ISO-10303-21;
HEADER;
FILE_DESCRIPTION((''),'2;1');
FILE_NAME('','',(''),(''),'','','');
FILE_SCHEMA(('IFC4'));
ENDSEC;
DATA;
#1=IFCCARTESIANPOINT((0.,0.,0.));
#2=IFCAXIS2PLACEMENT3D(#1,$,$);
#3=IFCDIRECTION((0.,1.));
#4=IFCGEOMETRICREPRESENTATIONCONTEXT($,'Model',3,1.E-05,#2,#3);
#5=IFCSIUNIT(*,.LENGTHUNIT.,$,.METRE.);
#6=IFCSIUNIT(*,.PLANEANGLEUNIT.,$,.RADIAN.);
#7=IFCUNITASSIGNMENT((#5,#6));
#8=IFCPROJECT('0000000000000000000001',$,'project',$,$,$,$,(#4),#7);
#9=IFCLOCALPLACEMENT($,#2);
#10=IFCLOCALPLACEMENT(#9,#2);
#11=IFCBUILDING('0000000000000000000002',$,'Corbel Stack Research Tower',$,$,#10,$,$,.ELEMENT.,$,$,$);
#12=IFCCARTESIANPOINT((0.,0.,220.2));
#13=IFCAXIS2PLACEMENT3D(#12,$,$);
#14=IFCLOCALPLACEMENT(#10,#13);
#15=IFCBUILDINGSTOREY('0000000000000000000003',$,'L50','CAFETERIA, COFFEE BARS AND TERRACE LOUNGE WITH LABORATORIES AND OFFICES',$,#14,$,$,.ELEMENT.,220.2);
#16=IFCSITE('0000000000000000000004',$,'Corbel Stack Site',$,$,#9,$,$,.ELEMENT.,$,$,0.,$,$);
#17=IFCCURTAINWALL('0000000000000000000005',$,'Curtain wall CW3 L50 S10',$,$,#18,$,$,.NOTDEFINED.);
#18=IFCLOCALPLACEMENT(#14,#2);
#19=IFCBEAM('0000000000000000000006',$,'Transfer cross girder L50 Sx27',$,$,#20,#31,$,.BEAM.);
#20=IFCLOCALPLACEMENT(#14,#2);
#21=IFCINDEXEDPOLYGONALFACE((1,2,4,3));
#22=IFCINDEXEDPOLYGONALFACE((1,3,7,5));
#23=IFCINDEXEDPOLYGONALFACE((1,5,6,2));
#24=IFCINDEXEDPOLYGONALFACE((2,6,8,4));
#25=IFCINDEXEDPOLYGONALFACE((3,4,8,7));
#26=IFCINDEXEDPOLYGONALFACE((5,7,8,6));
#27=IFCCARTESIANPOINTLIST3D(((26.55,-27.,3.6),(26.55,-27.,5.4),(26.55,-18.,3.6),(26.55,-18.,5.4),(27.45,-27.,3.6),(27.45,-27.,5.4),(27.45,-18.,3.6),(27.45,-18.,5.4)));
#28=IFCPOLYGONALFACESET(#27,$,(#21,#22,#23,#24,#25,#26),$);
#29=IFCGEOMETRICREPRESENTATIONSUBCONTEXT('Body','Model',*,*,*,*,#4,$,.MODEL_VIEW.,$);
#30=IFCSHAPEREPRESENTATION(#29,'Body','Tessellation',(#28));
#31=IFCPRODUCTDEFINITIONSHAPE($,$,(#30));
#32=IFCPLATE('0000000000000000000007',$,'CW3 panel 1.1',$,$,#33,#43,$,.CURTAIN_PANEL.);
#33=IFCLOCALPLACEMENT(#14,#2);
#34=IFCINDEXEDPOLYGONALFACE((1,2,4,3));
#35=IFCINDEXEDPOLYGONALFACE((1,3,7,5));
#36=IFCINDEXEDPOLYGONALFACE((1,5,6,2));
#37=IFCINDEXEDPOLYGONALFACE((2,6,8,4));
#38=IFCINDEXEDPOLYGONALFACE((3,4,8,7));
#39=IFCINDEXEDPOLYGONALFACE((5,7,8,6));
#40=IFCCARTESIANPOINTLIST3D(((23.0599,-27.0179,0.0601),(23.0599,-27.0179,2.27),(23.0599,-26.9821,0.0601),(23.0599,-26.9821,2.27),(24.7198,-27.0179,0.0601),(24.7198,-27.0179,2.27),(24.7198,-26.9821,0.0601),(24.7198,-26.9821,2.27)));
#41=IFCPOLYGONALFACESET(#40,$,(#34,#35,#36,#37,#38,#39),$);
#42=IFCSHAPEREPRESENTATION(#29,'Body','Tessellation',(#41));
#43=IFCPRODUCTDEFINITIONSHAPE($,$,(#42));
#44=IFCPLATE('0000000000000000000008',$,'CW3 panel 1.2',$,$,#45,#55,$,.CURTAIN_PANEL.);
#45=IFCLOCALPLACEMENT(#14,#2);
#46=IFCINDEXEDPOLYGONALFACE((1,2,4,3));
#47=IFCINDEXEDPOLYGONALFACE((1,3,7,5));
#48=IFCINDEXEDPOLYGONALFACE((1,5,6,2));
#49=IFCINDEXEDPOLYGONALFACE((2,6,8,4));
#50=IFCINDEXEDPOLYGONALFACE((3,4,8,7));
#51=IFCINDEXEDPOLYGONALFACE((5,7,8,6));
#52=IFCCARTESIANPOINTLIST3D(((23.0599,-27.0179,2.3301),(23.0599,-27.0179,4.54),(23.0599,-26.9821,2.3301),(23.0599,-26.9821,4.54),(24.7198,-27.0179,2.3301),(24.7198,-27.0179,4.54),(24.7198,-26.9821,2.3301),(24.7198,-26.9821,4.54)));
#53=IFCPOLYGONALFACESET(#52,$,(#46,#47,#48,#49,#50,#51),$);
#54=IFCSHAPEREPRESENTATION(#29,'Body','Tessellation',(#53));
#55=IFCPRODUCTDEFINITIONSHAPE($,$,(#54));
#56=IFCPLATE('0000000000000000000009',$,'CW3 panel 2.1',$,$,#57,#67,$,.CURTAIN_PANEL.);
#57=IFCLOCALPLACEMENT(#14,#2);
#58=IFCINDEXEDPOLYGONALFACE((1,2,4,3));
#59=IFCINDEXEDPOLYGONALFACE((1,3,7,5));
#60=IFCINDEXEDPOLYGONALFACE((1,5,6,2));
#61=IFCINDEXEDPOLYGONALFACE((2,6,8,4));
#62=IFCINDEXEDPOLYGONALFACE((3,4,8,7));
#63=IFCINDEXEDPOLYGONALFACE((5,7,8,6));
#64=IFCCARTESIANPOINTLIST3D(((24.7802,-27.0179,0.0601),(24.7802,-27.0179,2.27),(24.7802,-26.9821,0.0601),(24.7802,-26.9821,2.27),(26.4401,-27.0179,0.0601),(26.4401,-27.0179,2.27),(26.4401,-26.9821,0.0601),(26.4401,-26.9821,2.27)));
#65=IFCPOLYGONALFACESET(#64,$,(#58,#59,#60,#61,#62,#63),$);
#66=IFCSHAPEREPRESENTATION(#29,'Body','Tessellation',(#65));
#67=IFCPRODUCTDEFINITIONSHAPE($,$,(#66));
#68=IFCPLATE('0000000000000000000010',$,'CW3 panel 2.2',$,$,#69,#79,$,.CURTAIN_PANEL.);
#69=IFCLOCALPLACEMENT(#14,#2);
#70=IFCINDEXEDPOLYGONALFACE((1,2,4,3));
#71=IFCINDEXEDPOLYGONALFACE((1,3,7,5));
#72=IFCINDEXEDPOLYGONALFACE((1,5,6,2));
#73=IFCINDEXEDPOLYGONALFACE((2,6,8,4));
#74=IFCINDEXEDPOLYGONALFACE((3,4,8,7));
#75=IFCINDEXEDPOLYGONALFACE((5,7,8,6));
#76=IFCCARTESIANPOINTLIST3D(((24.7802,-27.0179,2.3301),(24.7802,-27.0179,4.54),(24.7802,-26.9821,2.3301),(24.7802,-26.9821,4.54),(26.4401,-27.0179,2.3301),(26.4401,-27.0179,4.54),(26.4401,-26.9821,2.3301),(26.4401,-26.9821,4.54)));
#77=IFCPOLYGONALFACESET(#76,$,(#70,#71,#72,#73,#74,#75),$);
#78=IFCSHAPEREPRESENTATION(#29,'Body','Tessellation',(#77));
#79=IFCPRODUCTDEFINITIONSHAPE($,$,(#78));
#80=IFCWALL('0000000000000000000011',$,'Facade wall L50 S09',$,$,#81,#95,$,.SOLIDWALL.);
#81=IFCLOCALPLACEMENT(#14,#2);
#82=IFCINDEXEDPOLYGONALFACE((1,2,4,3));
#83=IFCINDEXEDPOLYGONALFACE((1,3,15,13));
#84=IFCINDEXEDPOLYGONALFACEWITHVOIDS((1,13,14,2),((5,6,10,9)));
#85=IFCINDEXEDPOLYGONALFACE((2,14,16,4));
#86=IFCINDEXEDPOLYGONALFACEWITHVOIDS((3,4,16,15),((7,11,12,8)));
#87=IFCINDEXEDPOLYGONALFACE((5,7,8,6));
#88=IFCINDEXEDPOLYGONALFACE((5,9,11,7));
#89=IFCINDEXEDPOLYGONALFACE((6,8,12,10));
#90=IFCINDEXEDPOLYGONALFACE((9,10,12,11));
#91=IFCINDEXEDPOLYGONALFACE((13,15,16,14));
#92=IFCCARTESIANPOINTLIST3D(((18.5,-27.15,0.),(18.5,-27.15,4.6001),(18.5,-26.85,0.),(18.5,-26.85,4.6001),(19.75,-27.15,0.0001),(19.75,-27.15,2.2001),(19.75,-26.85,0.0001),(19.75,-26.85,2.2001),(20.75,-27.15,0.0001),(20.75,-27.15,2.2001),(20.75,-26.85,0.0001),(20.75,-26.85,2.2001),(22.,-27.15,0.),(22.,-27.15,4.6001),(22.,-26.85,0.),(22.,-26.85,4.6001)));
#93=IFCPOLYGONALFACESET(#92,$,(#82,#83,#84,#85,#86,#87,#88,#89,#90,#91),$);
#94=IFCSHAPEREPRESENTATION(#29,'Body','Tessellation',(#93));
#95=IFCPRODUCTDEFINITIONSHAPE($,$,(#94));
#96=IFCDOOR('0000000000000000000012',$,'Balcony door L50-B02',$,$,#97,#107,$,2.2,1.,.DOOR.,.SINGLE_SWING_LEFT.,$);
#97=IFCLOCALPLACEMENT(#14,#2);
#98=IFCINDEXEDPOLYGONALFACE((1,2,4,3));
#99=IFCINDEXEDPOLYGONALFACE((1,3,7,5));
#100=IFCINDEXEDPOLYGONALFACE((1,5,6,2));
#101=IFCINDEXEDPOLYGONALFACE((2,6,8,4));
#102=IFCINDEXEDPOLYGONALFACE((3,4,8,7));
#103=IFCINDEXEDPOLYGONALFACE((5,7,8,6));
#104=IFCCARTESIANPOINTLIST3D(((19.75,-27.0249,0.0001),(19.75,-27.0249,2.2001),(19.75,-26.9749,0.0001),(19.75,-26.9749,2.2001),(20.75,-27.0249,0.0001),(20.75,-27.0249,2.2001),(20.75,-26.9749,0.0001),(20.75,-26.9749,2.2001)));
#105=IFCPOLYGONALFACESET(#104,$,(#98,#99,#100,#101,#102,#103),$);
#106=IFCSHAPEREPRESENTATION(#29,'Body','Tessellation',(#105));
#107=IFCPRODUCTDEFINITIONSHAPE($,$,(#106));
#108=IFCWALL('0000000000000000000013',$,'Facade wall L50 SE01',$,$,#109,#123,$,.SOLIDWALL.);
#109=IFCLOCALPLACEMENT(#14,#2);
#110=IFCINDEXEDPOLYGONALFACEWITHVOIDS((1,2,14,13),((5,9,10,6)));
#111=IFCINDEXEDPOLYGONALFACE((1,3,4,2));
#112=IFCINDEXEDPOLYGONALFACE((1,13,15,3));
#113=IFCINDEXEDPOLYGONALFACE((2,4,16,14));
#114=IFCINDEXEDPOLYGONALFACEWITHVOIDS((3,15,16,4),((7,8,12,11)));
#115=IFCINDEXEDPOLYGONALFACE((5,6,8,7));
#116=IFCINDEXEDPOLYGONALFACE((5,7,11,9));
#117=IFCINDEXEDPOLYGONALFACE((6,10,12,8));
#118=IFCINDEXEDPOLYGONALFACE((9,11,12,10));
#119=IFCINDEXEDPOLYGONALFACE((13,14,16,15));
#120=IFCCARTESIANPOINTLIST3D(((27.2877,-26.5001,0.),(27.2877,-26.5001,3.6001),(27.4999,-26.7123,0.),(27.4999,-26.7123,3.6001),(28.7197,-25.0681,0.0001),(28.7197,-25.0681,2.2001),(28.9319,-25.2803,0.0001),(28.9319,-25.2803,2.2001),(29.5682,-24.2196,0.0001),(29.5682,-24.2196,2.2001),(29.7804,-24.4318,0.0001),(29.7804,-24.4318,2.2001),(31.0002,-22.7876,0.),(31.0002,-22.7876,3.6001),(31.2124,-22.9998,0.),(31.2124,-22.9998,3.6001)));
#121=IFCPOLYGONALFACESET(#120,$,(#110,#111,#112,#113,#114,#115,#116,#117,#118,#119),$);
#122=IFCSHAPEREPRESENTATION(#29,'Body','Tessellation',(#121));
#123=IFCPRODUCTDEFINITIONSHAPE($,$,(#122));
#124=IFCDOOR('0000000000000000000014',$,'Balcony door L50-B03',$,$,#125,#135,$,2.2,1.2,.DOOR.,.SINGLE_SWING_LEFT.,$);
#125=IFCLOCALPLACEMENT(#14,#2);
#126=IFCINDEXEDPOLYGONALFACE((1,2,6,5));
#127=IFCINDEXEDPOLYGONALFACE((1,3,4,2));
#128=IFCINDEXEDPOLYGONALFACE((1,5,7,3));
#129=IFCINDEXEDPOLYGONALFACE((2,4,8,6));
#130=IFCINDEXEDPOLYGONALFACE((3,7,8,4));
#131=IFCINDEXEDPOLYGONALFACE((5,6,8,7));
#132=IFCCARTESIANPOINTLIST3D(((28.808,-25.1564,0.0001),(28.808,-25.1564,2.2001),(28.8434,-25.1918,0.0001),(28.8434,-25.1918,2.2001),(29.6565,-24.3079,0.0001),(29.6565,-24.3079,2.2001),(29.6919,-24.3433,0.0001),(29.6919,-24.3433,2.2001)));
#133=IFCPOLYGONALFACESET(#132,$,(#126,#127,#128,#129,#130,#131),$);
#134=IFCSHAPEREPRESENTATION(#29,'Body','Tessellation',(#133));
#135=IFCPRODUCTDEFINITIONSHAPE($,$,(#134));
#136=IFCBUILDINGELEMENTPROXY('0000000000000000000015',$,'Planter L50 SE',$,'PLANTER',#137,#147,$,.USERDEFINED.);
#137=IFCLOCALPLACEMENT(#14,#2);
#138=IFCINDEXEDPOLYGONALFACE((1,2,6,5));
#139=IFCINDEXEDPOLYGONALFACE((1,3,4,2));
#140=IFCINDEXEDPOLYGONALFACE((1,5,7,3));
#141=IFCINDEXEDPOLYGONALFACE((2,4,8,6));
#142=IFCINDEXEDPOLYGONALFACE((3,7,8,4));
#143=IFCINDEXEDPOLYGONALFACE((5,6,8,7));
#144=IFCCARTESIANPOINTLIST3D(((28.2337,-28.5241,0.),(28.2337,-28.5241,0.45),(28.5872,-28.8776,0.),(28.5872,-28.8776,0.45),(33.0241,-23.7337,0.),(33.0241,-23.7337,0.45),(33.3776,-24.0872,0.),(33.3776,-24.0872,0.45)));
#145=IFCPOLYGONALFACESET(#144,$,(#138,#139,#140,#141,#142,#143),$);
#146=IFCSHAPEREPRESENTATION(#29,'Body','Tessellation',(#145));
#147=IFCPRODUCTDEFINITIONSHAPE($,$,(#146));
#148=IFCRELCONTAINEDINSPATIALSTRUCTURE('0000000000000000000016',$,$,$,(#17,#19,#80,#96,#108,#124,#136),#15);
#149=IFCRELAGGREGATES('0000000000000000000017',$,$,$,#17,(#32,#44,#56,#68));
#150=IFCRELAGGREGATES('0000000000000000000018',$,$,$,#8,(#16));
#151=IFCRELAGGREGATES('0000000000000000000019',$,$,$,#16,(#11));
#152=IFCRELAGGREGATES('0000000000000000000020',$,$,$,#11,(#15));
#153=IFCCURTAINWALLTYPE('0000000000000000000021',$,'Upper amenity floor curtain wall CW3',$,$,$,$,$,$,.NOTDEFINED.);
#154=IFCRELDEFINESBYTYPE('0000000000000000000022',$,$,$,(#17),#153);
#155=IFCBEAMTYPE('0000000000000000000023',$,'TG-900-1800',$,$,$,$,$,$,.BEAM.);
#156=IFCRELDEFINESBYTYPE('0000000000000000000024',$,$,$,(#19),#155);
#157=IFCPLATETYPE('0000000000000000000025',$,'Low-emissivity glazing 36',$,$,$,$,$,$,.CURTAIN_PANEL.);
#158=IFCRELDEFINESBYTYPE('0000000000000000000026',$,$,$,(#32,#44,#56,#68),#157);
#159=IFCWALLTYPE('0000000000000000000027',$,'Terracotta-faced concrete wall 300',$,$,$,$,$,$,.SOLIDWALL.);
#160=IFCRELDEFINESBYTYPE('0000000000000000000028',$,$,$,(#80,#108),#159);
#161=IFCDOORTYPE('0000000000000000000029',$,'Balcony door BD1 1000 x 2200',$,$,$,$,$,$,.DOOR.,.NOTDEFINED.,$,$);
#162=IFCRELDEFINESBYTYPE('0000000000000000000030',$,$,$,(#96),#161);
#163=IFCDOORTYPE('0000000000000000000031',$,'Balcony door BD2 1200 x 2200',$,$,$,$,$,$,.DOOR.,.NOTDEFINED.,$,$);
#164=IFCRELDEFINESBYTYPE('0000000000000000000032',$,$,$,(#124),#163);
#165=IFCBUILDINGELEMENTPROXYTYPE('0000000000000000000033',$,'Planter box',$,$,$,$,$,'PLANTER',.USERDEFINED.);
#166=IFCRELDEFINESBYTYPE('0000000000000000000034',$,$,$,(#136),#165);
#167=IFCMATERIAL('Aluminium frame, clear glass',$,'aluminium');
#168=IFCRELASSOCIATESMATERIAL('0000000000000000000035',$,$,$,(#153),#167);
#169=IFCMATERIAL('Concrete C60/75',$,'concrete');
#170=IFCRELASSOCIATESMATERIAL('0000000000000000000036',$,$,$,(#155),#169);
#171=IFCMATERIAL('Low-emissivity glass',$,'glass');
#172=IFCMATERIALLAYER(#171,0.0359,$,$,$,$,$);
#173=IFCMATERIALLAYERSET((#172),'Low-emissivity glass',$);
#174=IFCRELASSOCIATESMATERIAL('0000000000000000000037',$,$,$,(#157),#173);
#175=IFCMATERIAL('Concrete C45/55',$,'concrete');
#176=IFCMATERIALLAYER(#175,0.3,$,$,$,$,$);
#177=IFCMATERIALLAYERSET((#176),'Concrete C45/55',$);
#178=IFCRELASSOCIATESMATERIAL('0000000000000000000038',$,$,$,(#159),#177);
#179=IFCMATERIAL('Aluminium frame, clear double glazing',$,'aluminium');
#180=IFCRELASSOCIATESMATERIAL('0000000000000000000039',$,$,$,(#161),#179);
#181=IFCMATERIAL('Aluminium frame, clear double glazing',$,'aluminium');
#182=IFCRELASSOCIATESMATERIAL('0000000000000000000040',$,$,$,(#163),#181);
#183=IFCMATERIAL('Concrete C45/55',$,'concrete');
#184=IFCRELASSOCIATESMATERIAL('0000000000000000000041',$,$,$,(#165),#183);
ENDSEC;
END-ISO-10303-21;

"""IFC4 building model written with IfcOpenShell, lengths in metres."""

from ifc_helpers import new_model, si_unit, direction, frame, frame_2d, origin, origin_2d, place, context, subcontext, project, spatial, rectangle, extrude, material, layer, layer_set, material_profile, profile_set, type_object, element, fill, aggregate, save


model = new_model("IFC4")

# Units and contexts
model_context = context("Model", 3, precision=1e-05, world=origin(), true_north=direction((0.0, 1.0)))
body_context = subcontext(model_context, "Body", "Model", "MODEL_VIEW")
ifc_project = project(units=[si_unit("LENGTHUNIT", "METRE"), si_unit("PLANEANGLEUNIT", "RADIAN")], contexts=[model_context])

# Site, building, storey
site_placement = place(None, origin())
site = spatial("IfcSite", under=ifc_project, at=site_placement, Name="Corbel Stack Site", CompositionType="ELEMENT", RefElevation=0.0)
building_placement = place(site_placement, origin())
building = spatial("IfcBuilding", under=site, at=building_placement, Name="Corbel Stack Research Tower", CompositionType="ELEMENT")
storey_placement = place(building_placement, frame((0.0, 0.0, 220.2)))
storey = spatial("IfcBuildingStorey", under=building, at=storey_placement, Name="L50", Description="CAFETERIA, COFFEE BARS AND TERRACE LOUNGE WITH LABORATORIES AND OFFICES", CompositionType="ELEMENT", Elevation=220.2)

# Curtain wall
ifc_material_1 = material(Name="Aluminium frame, clear glass", Category="aluminium")
curtain_wall_type = type_object("IfcCurtainWallType", Name="Upper amenity floor curtain wall CW3", PredefinedType="NOTDEFINED", material=ifc_material_1)
curtain_wall_placement = place(storey_placement, origin())
curtain_wall = element("IfcCurtainWall", 1, at=curtain_wall_placement, inside=storey, type_object=curtain_wall_type, Name="Curtain wall CW3 L50 S10", PredefinedType="NOTDEFINED")

# Beam
ifc_material_2 = material(Name="Concrete C60/75", Category="concrete")
ifc_material_profile_1 = material_profile(ifc_material_2, rectangle(XDim=0.8999, YDim=1.8, at=origin_2d()), Name="RC 900 x 1800")
ifc_profile_set_1 = profile_set([ifc_material_profile_1], Name="Concrete C60/75")
beam_type_1 = type_object("IfcBeamType", Name="TG-900-1800", PredefinedType="BEAM", material=ifc_profile_set_1)
beam_1_placement = place(storey_placement, frame((27.0, -27.0, 4.5), z_axis=(0.0, 1.0, 0.0), x_axis=(-1.0, 0.0, 0.0)))
element("IfcBeam", 2, at=beam_1_placement, inside=storey, type_object=beam_type_1, Name="Transfer cross girder L50 Sx27", PredefinedType="BEAM", context=body_context, shape_type="SweptSolid", body=[
    extrude(rectangle(XDim=0.8999, YDim=1.8, at=origin_2d()), origin(), (0.0, 0.0, 1.0), 9.0),
])

# Plates
ifc_material_3 = material(Name="Low-emissivity glass", Category="glass")
ifc_layer_1 = layer(ifc_material_3, 0.0359)
ifc_layer_set_1 = layer_set([ifc_layer_1], Name="Low-emissivity glass")
plate_type = type_object("IfcPlateType", Name="Low-emissivity glazing 36", PredefinedType="CURTAIN_PANEL", material=ifc_layer_set_1)
plate_1_placement = place(storey_placement, frame((23.8899, -27.0, 0.0601), z_axis=(0.0, 0.0, 1.0), x_axis=(1.0, 0.0, 0.0)))
plate_1 = element("IfcPlate", 3, at=plate_1_placement, type_object=plate_type, Name="CW3 panel 1.1", PredefinedType="CURTAIN_PANEL", context=body_context, shape_type="SweptSolid", body=[
    extrude(rectangle(XDim=1.6599, YDim=0.0359, at=origin_2d()), origin(), (0.0, 0.0, 1.0), 2.21),
])
plate_2_placement = place(storey_placement, frame((23.8899, -27.0, 2.3301), z_axis=(0.0, 0.0, 1.0), x_axis=(1.0, 0.0, 0.0)))
plate_2 = element("IfcPlate", 4, at=plate_2_placement, type_object=plate_type, Name="CW3 panel 1.2", PredefinedType="CURTAIN_PANEL", context=body_context, shape_type="SweptSolid", body=[
    extrude(rectangle(XDim=1.6599, YDim=0.0359, at=origin_2d()), origin(), (0.0, 0.0, 1.0), 2.21),
])
plate_3_placement = place(storey_placement, frame((25.6101, -27.0, 0.0601), z_axis=(0.0, 0.0, 1.0), x_axis=(1.0, 0.0, 0.0)))
plate_3 = element("IfcPlate", 5, at=plate_3_placement, type_object=plate_type, Name="CW3 panel 2.1", PredefinedType="CURTAIN_PANEL", context=body_context, shape_type="SweptSolid", body=[
    extrude(rectangle(XDim=1.6599, YDim=0.0359, at=origin_2d()), origin(), (0.0, 0.0, 1.0), 2.21),
])
plate_4_placement = place(storey_placement, frame((25.6101, -27.0, 2.3301), z_axis=(0.0, 0.0, 1.0), x_axis=(1.0, 0.0, 0.0)))
plate_4 = element("IfcPlate", 6, at=plate_4_placement, type_object=plate_type, Name="CW3 panel 2.2", PredefinedType="CURTAIN_PANEL", context=body_context, shape_type="SweptSolid", body=[
    extrude(rectangle(XDim=1.6599, YDim=0.0359, at=origin_2d()), origin(), (0.0, 0.0, 1.0), 2.21),
])
aggregate(curtain_wall, [plate_1, plate_2, plate_3, plate_4])

# Walls, openings, doors
ifc_material_4 = material(Name="Concrete C45/55", Category="concrete")
ifc_layer_2 = layer(ifc_material_4, 0.3)
ifc_layer_set_2 = layer_set([ifc_layer_2], Name="Concrete C45/55")
wall_type = type_object("IfcWallType", Name="Terracotta-faced concrete wall 300", PredefinedType="SOLIDWALL", material=ifc_layer_set_2)
wall_1_placement = place(storey_placement, frame((22.0, -27.0, 0.0), z_axis=(0.0, 0.0, 1.0), x_axis=(-1.0, 0.0, 0.0)))
wall_1 = element("IfcWall", 7, at=wall_1_placement, inside=storey, type_object=wall_type, Name="Facade wall L50 S09", PredefinedType="SOLIDWALL", context=body_context, shape_type="SweptSolid", body=[
    extrude(rectangle(XDim=3.5, YDim=0.3, at=frame_2d((1.75, 0.0))), origin(), (0.0, 0.0, 1.0), 4.6001),
])
opening_1_placement = place(wall_1_placement, frame((1.25, 0.0, 0.0)))
opening_1 = element("IfcOpeningElement", 8, at=opening_1_placement, cuts=wall_1, PredefinedType="OPENING", context=body_context, shape_type="SweptSolid", body=[
    extrude(rectangle(XDim=1.0, YDim=2.2, at=frame_2d((0.5, 1.1001))), frame((0.0, 0.1599, 0.0), z_axis=(0.0, -1.0, 0.0), x_axis=(1.0, 0.0, 0.0)), (0.0, 0.0, 1.0), 0.3201),
])
ifc_material_5 = material(Name="Aluminium frame, clear double glazing", Category="aluminium")
door_type_1 = type_object("IfcDoorType", Name="Balcony door BD1 1000 x 2200", OperationType="NOTDEFINED", PredefinedType="DOOR", material=ifc_material_5)
door_1_placement = place(opening_1_placement, origin())
door_1 = element("IfcDoor", 9, at=door_1_placement, inside=storey, type_object=door_type_1, Name="Balcony door L50-B02", OperationType="SINGLE_SWING_LEFT", OverallHeight=2.2, OverallWidth=1.0, PredefinedType="DOOR", context=body_context, shape_type="SweptSolid", body=[
    extrude(rectangle(XDim=1.0, YDim=2.2, at=frame_2d((0.5, 1.1001))), frame((0.0, 0.0249, 0.0), z_axis=(0.0, -1.0, 0.0), x_axis=(1.0, 0.0, 0.0)), (0.0, 0.0, 1.0), 0.05),
])
fill(opening_1, door_1)
wall_2_placement = place(storey_placement, frame((31.1062, -22.8938, 0.0), z_axis=(0.0, 0.0, 1.0), x_axis=(-0.707107, -0.707107, 0.0)))
wall_2 = element("IfcWall", 10, at=wall_2_placement, inside=storey, type_object=wall_type, Name="Facade wall L50 SE01", PredefinedType="SOLIDWALL", context=body_context, shape_type="SweptSolid", body=[
    extrude(rectangle(XDim=5.2502, YDim=0.3, at=frame_2d((2.625, 0.0))), origin(), (0.0, 0.0, 1.0), 3.6001),
])
opening_2_placement = place(wall_2_placement, frame((2.0249, 0.0, 0.0)))
opening_2 = element("IfcOpeningElement", 11, at=opening_2_placement, cuts=wall_2, PredefinedType="OPENING", context=body_context, shape_type="SweptSolid", body=[
    extrude(rectangle(XDim=1.2, YDim=2.2, at=frame_2d((0.6001, 1.1001))), frame((0.0, 0.1599, 0.0), z_axis=(0.0, -1.0, 0.0), x_axis=(1.0, 0.0, 0.0)), (0.0, 0.0, 1.0), 0.3201),
])
ifc_material_6 = material(Name="Aluminium frame, clear double glazing", Category="aluminium")
door_type_2 = type_object("IfcDoorType", Name="Balcony door BD2 1200 x 2200", OperationType="NOTDEFINED", PredefinedType="DOOR", material=ifc_material_6)
door_2_placement = place(opening_2_placement, origin())
door_2 = element("IfcDoor", 12, at=door_2_placement, inside=storey, type_object=door_type_2, Name="Balcony door L50-B03", OperationType="SINGLE_SWING_LEFT", OverallHeight=2.2, OverallWidth=1.2, PredefinedType="DOOR", context=body_context, shape_type="SweptSolid", body=[
    extrude(rectangle(XDim=1.2, YDim=2.2, at=frame_2d((0.6001, 1.1001))), frame((0.0, 0.0249, 0.0), z_axis=(0.0, -1.0, 0.0), x_axis=(1.0, 0.0, 0.0)), (0.0, 0.0, 1.0), 0.05),
])
fill(opening_2, door_2)

# Building element proxy
ifc_material_7 = material(Name="Concrete C45/55", Category="concrete")
building_element_proxy_type = type_object("IfcBuildingElementProxyType", Name="Planter box", ElementType="PLANTER", PredefinedType="USERDEFINED", material=ifc_material_7)
proxy_placement = place(storey_placement, frame((30.8057, -26.3057, 0.0), z_axis=(0.0, 0.0, 1.0), x_axis=(0.707107, 0.707107, 0.0)))
element("IfcBuildingElementProxy", 13, at=proxy_placement, inside=storey, type_object=building_element_proxy_type, Name="Planter L50 SE", ObjectType="PLANTER", PredefinedType="USERDEFINED", context=body_context, shape_type="SweptSolid", body=[
    extrude(rectangle(XDim=6.7747, YDim=0.5, at=origin_2d()), origin(), (0.0, 0.0, 1.0), 0.45),
])

save(model, "model.ifc")
